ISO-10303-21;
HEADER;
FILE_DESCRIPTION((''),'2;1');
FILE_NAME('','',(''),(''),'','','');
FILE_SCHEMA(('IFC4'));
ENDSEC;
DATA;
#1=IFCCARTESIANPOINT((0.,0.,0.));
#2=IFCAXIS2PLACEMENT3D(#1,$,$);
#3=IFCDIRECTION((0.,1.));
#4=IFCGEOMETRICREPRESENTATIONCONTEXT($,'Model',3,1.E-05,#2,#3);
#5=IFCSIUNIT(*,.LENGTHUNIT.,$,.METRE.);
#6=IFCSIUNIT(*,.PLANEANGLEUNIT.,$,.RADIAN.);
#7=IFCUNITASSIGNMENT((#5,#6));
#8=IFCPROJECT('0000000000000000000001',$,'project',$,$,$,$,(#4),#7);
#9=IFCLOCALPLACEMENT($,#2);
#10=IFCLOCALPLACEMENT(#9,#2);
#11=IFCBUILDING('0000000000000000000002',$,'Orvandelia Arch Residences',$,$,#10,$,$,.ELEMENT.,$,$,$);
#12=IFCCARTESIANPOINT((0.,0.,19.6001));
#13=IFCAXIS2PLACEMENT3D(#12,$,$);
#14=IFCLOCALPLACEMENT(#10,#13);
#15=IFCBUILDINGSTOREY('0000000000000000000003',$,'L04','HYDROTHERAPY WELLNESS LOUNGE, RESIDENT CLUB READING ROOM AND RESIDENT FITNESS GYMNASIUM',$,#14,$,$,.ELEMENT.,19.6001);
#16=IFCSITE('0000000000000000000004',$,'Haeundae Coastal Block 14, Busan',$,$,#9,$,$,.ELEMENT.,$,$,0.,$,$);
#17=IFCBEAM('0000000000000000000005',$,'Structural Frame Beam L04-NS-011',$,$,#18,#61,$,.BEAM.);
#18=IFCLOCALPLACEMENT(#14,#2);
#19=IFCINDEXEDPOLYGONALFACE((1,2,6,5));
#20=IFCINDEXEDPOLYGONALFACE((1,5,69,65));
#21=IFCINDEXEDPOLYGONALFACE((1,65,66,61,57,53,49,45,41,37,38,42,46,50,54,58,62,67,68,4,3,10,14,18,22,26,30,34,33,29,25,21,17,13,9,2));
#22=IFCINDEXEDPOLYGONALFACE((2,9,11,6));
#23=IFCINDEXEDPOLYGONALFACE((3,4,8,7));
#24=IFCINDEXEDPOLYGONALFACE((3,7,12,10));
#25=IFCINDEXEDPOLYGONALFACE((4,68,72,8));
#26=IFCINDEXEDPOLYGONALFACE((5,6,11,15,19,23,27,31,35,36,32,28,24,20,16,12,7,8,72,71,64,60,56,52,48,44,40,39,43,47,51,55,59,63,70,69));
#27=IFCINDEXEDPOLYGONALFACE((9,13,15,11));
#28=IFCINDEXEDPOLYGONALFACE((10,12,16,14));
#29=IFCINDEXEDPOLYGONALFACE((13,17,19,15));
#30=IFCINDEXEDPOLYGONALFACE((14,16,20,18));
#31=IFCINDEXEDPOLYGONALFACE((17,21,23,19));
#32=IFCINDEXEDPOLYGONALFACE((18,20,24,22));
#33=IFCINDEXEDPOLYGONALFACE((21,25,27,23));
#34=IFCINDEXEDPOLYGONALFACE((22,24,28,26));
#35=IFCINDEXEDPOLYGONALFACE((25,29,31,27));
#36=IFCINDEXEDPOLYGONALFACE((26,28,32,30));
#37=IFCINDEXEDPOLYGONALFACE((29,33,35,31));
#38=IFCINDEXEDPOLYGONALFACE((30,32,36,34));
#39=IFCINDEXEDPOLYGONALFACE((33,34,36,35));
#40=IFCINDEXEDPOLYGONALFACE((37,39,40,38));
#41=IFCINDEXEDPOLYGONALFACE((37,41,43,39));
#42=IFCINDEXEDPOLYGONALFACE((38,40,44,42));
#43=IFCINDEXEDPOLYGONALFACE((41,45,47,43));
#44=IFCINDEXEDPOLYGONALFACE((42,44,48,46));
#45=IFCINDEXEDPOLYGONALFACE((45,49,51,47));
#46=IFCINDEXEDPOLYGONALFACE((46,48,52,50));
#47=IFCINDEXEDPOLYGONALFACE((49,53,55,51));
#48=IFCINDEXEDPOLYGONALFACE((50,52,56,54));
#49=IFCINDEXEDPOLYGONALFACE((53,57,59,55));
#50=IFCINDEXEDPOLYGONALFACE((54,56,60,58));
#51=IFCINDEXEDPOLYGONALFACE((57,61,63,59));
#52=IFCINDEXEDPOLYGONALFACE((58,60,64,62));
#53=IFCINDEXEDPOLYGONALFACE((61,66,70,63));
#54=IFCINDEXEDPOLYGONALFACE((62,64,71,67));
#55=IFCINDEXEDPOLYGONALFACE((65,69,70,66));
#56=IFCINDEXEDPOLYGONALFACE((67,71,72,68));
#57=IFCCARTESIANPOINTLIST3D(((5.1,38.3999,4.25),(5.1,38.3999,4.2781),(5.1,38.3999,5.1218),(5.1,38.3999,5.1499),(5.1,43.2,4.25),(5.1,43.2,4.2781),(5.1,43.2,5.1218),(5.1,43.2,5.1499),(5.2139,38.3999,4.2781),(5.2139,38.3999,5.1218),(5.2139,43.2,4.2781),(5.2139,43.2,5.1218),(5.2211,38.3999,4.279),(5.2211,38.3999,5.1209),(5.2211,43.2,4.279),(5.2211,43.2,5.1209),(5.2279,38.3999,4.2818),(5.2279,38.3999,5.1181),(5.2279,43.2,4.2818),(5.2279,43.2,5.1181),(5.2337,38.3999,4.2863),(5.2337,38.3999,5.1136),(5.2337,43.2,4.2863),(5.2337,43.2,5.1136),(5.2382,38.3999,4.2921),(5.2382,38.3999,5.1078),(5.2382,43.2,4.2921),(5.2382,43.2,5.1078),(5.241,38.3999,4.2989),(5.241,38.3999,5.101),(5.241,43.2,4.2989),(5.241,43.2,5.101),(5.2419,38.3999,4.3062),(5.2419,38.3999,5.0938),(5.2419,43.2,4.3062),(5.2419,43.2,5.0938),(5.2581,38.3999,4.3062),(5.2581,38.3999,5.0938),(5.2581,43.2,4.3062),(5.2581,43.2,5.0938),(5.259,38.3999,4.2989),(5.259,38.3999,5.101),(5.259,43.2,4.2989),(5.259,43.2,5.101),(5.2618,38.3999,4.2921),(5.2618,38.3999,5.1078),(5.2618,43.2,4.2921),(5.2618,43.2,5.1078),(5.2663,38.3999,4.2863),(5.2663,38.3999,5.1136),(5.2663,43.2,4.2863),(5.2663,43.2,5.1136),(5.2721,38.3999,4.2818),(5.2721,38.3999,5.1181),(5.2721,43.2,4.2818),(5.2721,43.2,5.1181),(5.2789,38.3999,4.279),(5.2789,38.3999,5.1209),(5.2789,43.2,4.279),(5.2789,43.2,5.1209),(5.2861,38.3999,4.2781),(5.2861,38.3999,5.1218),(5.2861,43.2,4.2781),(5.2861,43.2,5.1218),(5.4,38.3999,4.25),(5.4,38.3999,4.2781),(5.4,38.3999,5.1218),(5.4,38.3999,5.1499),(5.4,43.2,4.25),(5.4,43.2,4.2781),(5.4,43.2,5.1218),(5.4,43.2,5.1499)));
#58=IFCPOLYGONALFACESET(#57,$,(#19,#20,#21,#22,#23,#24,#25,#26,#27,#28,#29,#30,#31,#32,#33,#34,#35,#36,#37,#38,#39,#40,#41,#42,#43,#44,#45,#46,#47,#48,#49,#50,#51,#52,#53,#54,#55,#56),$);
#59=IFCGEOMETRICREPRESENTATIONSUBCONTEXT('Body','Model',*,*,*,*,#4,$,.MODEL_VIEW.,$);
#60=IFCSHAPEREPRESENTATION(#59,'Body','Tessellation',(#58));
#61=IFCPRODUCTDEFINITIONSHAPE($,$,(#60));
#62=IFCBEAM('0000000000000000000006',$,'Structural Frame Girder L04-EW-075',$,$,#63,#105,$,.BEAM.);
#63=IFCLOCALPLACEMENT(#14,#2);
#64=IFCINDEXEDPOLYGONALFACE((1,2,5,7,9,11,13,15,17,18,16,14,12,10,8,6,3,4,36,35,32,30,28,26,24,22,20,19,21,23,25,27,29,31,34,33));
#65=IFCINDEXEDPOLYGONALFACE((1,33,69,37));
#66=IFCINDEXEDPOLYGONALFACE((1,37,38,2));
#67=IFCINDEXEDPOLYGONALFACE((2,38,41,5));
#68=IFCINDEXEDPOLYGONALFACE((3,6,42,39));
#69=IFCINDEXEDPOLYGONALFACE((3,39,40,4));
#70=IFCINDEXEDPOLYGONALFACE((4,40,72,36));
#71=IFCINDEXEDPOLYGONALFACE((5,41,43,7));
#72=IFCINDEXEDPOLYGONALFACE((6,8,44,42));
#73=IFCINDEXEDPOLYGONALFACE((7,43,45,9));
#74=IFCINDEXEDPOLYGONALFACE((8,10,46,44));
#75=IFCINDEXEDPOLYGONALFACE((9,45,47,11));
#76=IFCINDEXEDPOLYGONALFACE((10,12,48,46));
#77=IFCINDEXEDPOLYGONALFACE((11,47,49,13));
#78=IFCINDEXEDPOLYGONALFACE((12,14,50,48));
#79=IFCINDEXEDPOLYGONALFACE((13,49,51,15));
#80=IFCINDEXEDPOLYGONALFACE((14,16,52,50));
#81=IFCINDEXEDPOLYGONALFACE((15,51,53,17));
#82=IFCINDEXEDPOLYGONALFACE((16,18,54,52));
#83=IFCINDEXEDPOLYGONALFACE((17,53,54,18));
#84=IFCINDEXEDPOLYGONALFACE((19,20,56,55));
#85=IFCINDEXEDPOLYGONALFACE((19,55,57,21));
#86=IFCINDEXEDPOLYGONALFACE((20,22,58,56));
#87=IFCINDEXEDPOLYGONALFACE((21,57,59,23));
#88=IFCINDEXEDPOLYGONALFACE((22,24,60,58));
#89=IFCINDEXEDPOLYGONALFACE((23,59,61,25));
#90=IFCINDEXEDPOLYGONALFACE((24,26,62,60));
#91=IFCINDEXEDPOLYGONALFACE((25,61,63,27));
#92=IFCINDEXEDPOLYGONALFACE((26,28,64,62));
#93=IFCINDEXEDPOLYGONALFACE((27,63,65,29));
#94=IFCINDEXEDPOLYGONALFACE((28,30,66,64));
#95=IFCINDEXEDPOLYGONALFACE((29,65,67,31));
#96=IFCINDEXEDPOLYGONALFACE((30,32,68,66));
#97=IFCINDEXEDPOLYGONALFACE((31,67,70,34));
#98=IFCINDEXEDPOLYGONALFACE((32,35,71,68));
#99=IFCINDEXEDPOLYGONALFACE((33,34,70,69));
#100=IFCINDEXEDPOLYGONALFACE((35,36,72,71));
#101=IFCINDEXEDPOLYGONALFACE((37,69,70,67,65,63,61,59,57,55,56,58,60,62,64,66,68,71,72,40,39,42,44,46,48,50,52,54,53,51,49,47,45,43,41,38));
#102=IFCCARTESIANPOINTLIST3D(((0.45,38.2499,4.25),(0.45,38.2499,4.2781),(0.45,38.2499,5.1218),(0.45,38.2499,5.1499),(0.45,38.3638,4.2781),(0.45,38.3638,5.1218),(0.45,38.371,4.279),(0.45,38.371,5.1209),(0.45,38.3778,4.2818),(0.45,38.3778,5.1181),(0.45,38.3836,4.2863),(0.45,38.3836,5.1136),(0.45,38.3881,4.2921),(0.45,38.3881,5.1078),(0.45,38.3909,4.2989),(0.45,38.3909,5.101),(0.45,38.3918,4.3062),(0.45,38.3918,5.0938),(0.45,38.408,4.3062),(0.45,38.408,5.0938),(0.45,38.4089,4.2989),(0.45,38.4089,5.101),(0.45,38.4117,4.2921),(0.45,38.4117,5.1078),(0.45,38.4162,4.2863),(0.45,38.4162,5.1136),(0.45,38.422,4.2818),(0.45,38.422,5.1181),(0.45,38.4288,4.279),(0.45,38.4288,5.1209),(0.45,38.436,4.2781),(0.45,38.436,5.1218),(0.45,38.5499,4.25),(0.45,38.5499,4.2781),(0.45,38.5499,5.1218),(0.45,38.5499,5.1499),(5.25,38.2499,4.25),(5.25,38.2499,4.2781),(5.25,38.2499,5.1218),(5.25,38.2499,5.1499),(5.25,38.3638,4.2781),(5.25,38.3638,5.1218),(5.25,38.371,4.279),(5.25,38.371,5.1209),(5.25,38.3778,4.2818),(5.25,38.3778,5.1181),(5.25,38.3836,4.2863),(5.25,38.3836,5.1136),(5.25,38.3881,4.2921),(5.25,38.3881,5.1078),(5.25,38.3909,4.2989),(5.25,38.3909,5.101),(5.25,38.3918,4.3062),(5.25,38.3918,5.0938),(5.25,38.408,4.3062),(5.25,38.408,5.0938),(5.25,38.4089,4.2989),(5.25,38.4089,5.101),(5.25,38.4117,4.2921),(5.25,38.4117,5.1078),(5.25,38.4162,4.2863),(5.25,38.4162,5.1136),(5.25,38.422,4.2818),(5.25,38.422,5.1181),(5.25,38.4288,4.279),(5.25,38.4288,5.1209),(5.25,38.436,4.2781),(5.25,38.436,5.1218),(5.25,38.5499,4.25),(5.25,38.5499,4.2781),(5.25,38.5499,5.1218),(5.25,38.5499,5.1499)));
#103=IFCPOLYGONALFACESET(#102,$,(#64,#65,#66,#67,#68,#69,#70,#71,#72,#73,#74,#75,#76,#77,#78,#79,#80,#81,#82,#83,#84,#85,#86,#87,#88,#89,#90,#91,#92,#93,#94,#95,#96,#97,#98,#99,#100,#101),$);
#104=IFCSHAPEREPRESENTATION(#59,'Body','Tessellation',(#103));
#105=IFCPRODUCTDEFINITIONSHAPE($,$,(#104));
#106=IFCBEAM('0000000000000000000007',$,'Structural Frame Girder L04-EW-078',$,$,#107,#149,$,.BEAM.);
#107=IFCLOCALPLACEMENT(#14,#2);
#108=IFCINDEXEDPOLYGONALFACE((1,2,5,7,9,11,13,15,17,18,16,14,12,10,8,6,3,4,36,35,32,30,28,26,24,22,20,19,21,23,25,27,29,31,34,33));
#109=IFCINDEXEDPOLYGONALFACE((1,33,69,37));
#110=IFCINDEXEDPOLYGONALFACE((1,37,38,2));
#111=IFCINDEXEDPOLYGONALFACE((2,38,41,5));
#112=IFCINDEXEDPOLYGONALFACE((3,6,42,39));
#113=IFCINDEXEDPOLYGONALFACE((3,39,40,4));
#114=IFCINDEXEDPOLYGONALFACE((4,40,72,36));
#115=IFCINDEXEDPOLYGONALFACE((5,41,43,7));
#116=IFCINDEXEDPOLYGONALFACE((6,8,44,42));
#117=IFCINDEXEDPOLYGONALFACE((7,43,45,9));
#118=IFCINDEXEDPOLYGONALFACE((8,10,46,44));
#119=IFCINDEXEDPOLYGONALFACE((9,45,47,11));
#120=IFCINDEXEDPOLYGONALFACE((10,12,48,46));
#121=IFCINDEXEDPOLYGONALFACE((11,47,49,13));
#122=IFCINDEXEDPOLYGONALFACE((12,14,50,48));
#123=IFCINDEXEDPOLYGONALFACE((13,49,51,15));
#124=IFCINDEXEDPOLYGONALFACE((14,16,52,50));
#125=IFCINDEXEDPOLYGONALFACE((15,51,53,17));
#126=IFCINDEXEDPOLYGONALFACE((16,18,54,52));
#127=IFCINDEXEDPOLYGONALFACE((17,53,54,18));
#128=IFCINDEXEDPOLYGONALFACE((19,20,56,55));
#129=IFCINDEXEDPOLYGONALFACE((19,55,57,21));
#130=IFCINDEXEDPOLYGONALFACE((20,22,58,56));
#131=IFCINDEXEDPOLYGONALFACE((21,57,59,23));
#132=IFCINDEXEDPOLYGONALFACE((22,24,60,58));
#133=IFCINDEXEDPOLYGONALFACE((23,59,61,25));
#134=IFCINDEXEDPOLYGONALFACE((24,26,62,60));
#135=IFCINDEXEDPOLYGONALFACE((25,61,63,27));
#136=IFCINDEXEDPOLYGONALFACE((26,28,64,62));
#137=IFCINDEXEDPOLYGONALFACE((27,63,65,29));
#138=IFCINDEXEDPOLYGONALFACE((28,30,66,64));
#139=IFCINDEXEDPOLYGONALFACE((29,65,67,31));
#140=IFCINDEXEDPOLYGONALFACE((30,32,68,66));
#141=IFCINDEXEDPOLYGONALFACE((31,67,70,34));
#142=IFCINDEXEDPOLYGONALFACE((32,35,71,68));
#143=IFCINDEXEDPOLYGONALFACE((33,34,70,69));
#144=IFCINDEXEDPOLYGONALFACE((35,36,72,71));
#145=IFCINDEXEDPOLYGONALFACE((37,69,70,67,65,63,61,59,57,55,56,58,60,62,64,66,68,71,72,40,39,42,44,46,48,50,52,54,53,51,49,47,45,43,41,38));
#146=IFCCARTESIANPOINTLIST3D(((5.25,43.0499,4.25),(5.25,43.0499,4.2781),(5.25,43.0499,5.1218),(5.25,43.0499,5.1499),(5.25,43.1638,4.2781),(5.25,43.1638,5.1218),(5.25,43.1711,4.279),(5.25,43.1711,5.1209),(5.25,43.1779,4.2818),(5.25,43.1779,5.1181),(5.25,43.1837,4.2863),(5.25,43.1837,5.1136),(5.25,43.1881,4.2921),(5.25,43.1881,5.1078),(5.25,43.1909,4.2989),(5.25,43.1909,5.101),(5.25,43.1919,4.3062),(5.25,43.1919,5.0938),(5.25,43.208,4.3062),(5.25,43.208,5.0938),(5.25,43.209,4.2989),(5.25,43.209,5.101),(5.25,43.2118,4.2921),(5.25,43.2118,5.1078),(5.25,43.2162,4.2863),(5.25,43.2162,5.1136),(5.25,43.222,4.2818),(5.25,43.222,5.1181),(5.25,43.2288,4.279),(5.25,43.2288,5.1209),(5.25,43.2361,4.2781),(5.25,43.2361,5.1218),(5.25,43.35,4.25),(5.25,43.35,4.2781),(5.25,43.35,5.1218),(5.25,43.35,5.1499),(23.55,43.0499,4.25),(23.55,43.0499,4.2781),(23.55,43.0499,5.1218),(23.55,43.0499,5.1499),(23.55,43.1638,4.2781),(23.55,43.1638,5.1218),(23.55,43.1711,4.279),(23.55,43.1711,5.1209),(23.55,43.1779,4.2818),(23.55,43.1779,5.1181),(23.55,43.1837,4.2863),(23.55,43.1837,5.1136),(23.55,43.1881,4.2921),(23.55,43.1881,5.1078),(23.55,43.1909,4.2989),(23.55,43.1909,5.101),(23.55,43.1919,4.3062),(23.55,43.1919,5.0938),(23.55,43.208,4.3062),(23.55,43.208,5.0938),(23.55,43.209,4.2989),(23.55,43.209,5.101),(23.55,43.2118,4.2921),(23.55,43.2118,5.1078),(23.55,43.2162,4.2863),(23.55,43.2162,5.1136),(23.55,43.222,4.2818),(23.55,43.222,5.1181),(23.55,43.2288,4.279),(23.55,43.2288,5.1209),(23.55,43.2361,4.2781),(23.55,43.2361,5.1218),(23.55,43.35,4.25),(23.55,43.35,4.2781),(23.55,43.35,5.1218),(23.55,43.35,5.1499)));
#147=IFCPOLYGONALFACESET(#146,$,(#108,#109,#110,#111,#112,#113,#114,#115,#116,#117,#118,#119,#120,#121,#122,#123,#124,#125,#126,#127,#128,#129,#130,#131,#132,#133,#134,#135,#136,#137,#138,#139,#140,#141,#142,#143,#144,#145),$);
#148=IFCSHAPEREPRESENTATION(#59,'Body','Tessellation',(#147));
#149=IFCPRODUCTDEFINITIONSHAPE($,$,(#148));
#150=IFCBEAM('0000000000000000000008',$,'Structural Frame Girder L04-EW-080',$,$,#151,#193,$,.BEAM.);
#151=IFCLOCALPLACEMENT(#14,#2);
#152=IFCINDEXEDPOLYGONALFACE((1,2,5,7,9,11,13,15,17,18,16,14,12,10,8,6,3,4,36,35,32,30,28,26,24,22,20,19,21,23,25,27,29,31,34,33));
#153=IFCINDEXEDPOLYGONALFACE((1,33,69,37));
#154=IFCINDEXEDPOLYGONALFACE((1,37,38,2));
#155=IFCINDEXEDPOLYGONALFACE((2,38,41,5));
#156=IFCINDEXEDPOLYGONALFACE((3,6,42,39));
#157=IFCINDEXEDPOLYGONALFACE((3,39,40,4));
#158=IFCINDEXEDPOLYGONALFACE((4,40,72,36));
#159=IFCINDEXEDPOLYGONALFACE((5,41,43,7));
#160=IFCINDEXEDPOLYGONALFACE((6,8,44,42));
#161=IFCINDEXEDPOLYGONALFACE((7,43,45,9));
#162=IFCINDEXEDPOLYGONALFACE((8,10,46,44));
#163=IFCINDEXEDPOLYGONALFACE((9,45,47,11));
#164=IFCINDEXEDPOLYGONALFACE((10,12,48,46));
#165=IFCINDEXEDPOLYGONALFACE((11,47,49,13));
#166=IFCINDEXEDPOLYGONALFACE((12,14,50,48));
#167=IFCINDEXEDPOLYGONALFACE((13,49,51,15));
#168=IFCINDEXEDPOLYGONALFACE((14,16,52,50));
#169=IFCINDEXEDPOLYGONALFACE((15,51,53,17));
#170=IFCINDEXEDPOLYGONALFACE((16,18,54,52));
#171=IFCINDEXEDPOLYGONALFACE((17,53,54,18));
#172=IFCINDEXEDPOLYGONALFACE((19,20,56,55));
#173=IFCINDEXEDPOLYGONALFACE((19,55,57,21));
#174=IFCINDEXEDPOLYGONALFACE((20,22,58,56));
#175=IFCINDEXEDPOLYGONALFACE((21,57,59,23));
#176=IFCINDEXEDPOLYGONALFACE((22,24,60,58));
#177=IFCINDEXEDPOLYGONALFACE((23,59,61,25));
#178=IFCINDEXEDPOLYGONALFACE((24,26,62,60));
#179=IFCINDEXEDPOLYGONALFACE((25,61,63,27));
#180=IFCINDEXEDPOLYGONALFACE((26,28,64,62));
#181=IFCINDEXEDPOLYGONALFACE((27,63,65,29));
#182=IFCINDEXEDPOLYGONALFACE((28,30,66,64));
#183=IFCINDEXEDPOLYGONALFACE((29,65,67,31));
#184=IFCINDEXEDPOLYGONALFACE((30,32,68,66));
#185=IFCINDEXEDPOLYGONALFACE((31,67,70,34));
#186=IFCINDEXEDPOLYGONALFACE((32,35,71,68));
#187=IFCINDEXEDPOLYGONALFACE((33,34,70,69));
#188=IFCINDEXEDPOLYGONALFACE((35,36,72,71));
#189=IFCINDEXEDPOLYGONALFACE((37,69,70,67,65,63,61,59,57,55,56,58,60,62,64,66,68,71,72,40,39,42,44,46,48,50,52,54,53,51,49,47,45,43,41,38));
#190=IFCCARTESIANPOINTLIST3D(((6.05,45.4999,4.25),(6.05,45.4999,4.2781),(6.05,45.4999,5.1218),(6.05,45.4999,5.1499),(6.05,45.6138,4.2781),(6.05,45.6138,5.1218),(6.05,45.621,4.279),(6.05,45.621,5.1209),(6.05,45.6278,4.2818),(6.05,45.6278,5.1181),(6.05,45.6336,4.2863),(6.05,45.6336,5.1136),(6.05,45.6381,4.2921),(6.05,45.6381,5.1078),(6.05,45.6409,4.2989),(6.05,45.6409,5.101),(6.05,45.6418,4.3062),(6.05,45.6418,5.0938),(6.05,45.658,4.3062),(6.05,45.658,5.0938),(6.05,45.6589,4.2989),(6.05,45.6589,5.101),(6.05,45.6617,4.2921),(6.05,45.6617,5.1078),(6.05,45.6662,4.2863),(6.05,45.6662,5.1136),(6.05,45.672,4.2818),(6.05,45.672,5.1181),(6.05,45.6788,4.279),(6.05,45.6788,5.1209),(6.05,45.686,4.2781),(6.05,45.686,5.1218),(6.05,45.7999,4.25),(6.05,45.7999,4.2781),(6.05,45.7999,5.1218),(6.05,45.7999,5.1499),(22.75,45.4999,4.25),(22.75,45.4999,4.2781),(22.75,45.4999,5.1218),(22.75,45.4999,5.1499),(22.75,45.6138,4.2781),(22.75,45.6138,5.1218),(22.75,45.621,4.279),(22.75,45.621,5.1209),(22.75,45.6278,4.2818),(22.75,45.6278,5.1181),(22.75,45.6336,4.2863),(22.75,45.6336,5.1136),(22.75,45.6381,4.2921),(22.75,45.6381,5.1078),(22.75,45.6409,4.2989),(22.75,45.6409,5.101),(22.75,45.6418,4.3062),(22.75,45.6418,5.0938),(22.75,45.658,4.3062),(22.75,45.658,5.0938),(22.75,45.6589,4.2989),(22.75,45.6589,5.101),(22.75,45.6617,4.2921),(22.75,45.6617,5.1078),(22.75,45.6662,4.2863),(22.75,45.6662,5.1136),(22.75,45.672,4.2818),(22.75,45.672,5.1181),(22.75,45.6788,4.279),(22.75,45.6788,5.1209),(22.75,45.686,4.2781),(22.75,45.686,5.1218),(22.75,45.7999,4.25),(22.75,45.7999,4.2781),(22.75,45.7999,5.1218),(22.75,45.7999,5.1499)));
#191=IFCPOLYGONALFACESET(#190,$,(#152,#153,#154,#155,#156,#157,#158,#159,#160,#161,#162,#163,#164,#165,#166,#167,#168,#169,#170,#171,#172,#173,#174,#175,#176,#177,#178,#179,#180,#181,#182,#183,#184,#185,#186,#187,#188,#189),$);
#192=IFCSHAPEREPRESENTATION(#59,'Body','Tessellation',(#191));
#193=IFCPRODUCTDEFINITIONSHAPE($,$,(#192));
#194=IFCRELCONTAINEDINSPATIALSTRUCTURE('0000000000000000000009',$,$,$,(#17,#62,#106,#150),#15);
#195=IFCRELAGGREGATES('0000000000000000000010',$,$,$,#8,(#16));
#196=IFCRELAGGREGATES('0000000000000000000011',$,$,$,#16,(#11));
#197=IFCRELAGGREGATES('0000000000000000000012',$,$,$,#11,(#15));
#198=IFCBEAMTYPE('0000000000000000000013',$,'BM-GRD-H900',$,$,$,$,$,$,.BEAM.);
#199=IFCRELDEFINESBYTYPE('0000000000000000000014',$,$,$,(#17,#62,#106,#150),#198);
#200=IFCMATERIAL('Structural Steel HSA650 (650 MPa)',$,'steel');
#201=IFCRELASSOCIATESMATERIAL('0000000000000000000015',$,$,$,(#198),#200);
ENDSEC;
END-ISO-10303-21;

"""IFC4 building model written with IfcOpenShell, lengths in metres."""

from ifc_helpers import new_model, si_unit, direction, frame, origin, origin_2d, place, context, subcontext, project, spatial, i_section, extrude, material, material_profile, profile_set, type_object, element, save


model = new_model("IFC4")

# Units and contexts
model_context = context("Model", 3, precision=1e-05, world=origin(), true_north=direction((0.0, 1.0)))
body_context = subcontext(model_context, "Body", "Model", "MODEL_VIEW")
ifc_project = project(units=[si_unit("LENGTHUNIT", "METRE"), si_unit("PLANEANGLEUNIT", "RADIAN")], contexts=[model_context])

# Site, building, storey
site_placement = place(None, origin())
site = spatial("IfcSite", under=ifc_project, at=site_placement, Name="Haeundae Coastal Block 14, Busan", CompositionType="ELEMENT", RefElevation=0.0)
building_placement = place(site_placement, origin())
building = spatial("IfcBuilding", under=site, at=building_placement, Name="Orvandelia Arch Residences", CompositionType="ELEMENT")
storey_placement = place(building_placement, frame((0.0, 0.0, 19.6001)))
storey = spatial("IfcBuildingStorey", under=building, at=storey_placement, Name="L04", Description="HYDROTHERAPY WELLNESS LOUNGE, RESIDENT CLUB READING ROOM AND RESIDENT FITNESS GYMNASIUM", CompositionType="ELEMENT", Elevation=19.6001)

# Beams
ifc_material_1 = material(Name="Structural Steel HSA650 (650 MPa)", Category="steel")
ifc_material_profile_1 = material_profile(ifc_material_1, i_section(OverallWidth=0.3, OverallDepth=0.8999, WebThickness=0.0161, FlangeThickness=0.0281, FilletRadius=0.0281, at=origin_2d()), Name="Structural Steel HSA650 (650 MPa)", Category="steel")
ifc_profile_set_1 = profile_set([ifc_material_profile_1], Name="Structural Steel HSA650 (650 MPa)")
beam_type = type_object("IfcBeamType", Name="BM-GRD-H900", PredefinedType="BEAM", material=ifc_profile_set_1)
for number, where, z_axis, x_axis, name in (
    (1, (5.25, 38.3999, 4.7), (0.0, 1.0, 0.0), (-1.0, 0.0, 0.0), "Structural Frame Beam L04-NS-011"),
    (2, (0.45, 38.3999, 4.7), (1.0, 0.0, 0.0), (0.0, 1.0, 0.0), "Structural Frame Girder L04-EW-075"),
):
    element("IfcBeam", number, at=place(storey_placement, frame(where, z_axis=z_axis, x_axis=x_axis)), inside=storey, type_object=beam_type, Name=name, PredefinedType="BEAM", context=body_context, shape_type="SweptSolid", body=[
        extrude(i_section(OverallWidth=0.3, OverallDepth=0.8999, WebThickness=0.0161, FlangeThickness=0.0281, FilletRadius=0.0281, at=origin_2d()), origin(), (0.0, 0.0, 1.0), 4.8),
    ])
beam_1_placement = place(storey_placement, frame((5.25, 43.2, 4.7), z_axis=(1.0, 0.0, 0.0), x_axis=(0.0, 1.0, 0.0)))
element("IfcBeam", 3, at=beam_1_placement, inside=storey, type_object=beam_type, Name="Structural Frame Girder L04-EW-078", PredefinedType="BEAM", context=body_context, shape_type="SweptSolid", body=[
    extrude(i_section(OverallWidth=0.3, OverallDepth=0.8999, WebThickness=0.0161, FlangeThickness=0.0281, FilletRadius=0.0281, at=origin_2d()), origin(), (0.0, 0.0, 1.0), 18.3),
])
beam_2_placement = place(storey_placement, frame((6.05, 45.6499, 4.7), z_axis=(1.0, 0.0, 0.0), x_axis=(0.0, 1.0, 0.0)))
element("IfcBeam", 4, at=beam_2_placement, inside=storey, type_object=beam_type, Name="Structural Frame Girder L04-EW-080", PredefinedType="BEAM", context=body_context, shape_type="SweptSolid", body=[
    extrude(i_section(OverallWidth=0.3, OverallDepth=0.8999, WebThickness=0.0161, FlangeThickness=0.0281, FilletRadius=0.0281, at=origin_2d()), origin(), (0.0, 0.0, 1.0), 16.7),
])

save(model, "model.ifc")
